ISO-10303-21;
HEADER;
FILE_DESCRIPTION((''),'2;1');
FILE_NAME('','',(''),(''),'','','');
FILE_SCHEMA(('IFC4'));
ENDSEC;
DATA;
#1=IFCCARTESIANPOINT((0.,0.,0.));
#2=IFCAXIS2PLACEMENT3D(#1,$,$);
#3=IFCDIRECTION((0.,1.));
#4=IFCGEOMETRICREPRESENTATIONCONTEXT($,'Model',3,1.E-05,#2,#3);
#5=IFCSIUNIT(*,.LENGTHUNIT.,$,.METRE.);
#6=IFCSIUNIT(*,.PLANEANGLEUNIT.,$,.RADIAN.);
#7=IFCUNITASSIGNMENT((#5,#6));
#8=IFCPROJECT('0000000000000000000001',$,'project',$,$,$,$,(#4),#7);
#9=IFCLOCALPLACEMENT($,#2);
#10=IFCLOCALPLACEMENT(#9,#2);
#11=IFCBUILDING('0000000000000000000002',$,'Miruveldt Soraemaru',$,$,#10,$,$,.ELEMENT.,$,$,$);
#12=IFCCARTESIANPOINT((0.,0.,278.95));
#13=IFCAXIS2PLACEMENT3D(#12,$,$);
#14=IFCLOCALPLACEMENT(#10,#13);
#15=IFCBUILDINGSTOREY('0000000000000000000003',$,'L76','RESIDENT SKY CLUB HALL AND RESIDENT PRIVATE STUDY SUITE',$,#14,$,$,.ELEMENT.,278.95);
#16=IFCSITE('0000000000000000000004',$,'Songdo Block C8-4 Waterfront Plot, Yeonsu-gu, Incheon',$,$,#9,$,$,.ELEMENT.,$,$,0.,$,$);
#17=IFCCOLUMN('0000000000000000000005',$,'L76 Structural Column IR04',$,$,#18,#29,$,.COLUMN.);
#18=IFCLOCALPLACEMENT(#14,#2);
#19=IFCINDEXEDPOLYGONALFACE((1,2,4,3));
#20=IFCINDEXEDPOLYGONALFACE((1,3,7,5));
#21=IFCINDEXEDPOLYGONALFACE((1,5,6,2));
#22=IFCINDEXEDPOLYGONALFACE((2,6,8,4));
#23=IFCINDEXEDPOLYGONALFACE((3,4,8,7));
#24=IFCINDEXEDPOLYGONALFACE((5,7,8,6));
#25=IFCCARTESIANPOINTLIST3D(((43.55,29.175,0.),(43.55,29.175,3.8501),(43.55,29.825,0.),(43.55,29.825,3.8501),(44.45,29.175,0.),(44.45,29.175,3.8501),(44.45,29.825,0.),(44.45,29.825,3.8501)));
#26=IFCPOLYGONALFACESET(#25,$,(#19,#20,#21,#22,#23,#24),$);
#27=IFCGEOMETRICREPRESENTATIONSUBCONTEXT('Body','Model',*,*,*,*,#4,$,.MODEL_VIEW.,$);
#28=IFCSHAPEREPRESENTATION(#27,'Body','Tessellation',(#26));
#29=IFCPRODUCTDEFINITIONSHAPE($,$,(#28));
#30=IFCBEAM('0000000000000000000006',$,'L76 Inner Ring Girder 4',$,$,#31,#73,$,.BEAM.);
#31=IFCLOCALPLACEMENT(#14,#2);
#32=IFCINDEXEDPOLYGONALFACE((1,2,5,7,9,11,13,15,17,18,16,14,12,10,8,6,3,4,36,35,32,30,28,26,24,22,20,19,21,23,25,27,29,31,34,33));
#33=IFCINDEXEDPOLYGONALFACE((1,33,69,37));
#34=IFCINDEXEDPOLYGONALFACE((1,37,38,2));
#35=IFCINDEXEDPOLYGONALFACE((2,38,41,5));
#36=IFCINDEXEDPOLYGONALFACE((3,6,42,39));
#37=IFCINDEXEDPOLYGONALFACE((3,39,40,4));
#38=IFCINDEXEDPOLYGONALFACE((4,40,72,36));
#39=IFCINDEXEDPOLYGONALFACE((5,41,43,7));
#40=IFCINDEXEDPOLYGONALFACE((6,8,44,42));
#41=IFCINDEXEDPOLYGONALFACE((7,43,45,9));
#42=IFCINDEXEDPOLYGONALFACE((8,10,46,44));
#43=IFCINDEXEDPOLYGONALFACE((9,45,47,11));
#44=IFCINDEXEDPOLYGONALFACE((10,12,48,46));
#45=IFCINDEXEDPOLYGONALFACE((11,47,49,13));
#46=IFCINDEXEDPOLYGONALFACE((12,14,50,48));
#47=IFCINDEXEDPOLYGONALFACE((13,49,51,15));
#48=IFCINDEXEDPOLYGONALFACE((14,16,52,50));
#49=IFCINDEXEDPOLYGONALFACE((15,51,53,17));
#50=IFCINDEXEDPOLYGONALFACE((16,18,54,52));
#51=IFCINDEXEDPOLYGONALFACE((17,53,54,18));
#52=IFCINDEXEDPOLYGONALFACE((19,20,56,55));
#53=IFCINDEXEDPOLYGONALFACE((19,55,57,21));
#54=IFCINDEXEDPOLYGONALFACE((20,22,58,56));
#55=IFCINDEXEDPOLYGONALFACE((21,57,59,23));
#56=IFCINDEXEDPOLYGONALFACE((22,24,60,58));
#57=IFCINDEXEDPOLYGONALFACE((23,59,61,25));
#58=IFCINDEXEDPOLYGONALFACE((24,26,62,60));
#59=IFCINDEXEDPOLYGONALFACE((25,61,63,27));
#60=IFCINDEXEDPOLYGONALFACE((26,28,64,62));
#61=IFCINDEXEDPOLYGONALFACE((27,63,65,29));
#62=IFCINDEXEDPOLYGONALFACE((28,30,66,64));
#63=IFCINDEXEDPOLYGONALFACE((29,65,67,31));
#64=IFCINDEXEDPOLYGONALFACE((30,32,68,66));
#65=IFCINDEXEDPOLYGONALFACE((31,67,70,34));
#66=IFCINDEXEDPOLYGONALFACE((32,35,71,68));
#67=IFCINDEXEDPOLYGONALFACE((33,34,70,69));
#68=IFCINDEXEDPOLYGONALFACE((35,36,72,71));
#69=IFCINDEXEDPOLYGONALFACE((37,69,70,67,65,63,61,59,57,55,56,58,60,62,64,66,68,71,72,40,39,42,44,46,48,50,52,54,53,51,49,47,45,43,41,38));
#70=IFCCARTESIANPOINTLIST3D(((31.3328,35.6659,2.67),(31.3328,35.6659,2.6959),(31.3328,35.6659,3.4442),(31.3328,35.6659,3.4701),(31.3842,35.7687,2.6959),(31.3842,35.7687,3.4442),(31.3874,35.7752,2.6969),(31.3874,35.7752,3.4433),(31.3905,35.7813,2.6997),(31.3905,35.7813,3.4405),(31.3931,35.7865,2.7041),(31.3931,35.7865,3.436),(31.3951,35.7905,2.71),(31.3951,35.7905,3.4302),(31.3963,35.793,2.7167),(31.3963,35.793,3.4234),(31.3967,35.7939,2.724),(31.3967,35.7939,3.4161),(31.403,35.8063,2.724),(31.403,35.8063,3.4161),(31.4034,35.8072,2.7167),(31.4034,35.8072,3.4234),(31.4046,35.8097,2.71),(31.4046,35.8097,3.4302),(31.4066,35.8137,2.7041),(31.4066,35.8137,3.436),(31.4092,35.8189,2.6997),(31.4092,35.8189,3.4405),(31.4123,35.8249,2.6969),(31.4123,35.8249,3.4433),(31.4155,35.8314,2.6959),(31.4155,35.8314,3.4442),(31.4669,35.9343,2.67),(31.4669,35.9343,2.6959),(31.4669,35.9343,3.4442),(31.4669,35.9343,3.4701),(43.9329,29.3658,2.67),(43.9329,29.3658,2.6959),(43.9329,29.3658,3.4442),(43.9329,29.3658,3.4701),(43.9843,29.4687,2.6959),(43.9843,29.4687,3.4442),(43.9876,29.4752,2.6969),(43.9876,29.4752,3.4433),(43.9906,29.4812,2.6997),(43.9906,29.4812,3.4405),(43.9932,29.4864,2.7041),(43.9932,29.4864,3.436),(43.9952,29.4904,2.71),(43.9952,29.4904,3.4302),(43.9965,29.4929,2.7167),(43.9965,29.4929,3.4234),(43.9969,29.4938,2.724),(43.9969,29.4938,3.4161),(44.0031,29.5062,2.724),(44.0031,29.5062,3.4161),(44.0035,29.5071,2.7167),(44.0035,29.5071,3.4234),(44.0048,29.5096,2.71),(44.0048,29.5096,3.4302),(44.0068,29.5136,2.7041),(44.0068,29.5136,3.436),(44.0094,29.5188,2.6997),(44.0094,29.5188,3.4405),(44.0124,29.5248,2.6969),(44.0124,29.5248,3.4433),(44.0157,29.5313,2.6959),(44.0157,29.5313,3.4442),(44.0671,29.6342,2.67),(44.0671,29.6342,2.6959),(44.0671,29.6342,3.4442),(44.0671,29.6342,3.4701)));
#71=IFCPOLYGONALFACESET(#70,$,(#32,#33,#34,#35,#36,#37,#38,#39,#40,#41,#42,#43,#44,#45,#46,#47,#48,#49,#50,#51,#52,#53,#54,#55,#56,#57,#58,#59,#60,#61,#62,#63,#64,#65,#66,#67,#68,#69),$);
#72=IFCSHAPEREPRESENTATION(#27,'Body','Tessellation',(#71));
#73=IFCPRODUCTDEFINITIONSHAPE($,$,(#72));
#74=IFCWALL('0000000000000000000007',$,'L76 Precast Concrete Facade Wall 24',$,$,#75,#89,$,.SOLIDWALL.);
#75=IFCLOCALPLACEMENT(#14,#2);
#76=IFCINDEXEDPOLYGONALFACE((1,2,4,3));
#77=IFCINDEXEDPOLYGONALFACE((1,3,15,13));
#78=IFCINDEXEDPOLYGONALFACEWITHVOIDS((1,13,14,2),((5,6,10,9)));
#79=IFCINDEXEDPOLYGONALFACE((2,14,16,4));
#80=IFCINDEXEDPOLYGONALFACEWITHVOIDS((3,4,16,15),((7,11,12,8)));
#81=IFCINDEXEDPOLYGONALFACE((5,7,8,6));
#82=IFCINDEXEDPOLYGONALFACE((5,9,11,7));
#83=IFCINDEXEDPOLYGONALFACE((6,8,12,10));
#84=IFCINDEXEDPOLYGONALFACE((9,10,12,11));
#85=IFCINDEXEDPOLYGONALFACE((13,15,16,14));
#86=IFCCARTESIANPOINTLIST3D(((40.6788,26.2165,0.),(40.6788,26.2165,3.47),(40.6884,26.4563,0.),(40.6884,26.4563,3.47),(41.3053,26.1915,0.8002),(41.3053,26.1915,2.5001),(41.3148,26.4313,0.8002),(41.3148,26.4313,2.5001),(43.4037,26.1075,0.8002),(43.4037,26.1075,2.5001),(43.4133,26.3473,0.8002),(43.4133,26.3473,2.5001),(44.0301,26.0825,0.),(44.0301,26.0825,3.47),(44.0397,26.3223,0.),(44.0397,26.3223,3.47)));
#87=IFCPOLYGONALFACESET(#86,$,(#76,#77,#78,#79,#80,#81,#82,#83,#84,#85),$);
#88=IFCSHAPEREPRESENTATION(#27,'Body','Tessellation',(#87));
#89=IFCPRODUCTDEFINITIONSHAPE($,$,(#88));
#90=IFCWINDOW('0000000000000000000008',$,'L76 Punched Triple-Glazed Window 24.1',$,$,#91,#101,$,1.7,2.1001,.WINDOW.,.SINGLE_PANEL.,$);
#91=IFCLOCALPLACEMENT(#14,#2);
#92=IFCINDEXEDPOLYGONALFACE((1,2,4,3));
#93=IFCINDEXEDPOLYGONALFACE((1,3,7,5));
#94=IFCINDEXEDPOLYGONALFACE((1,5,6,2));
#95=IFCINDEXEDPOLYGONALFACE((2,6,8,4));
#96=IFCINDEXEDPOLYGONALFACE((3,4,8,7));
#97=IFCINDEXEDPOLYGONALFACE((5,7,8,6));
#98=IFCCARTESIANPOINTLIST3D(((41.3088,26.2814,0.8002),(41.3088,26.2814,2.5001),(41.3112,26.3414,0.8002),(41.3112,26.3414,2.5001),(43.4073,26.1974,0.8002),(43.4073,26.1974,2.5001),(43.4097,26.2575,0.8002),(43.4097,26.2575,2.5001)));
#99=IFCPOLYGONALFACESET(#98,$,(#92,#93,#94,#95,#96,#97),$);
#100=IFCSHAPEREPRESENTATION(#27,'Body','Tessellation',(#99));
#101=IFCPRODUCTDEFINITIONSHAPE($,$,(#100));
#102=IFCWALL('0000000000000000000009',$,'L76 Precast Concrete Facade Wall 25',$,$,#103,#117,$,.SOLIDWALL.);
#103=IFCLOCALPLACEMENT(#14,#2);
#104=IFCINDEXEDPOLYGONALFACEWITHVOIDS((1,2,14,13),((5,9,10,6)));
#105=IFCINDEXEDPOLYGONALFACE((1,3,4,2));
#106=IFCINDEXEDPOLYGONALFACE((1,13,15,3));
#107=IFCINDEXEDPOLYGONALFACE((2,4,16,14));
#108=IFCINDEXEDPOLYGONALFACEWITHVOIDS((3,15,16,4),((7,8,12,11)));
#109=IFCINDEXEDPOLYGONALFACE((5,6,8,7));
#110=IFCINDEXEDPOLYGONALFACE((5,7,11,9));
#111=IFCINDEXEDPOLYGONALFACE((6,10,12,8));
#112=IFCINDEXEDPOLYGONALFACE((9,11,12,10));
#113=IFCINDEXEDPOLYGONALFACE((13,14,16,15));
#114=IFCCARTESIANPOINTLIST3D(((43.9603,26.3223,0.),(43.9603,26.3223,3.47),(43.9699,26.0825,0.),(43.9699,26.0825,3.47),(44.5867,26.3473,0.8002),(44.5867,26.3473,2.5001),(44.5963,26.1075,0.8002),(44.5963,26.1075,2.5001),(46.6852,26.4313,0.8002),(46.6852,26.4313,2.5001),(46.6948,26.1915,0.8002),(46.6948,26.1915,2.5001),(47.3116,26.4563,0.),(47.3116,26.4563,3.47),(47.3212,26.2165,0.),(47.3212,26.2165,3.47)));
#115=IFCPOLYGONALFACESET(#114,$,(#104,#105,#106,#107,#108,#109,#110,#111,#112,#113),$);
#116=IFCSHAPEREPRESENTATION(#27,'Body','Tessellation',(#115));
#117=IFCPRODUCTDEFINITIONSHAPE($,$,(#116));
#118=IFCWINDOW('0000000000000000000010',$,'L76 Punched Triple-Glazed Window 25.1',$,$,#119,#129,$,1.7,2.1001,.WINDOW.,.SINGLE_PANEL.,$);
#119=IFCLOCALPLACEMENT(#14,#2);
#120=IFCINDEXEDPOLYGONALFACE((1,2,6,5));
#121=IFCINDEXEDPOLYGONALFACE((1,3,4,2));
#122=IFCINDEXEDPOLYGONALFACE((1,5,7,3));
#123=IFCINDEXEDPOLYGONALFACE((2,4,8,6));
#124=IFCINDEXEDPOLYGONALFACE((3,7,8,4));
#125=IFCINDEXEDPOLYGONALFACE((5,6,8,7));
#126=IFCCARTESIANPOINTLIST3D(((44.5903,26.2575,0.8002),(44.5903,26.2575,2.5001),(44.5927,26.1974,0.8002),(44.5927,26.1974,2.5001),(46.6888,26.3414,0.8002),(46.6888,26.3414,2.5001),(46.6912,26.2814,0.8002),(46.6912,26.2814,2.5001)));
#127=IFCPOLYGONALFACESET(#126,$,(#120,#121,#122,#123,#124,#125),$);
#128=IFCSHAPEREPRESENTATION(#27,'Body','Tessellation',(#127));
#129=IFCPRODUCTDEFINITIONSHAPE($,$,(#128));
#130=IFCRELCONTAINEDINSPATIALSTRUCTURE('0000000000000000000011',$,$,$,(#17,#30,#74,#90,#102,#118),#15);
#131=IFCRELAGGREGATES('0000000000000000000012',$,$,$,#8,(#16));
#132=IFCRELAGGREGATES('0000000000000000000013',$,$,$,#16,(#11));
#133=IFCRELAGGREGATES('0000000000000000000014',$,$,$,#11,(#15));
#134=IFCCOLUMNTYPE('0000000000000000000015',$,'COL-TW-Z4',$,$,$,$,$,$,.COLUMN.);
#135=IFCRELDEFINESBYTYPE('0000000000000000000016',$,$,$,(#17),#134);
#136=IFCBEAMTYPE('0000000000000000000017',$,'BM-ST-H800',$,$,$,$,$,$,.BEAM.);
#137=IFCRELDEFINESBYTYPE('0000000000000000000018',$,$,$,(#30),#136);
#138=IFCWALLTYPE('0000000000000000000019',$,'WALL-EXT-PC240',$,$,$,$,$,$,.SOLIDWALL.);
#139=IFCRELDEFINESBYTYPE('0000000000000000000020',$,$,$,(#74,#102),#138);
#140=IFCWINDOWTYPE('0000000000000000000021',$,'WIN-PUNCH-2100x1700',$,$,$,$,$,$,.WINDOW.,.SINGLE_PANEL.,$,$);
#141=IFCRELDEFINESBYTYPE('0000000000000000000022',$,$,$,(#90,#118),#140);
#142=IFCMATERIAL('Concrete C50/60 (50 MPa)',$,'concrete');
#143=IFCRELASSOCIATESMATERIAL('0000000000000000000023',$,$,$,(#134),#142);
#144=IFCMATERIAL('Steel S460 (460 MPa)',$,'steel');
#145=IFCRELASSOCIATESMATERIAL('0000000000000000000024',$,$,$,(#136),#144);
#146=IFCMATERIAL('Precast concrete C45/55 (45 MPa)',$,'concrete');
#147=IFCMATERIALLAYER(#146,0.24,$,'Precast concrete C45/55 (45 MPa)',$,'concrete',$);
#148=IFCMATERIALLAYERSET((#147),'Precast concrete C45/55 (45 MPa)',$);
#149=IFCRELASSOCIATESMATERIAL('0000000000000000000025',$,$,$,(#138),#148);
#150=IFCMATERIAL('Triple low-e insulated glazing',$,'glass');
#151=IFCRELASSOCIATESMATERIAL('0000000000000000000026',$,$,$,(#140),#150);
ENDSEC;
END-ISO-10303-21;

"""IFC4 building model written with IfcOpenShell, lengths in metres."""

from ifc_helpers import new_model, si_unit, direction, frame, frame_2d, origin, origin_2d, place, context, subcontext, project, spatial, rectangle, i_section, extrude, material, layer, layer_set, material_profile, profile_set, type_object, element, fill, save


model = new_model("IFC4")

# Units and contexts
model_context = context("Model", 3, precision=1e-05, world=origin(), true_north=direction((0.0, 1.0)))
body_context = subcontext(model_context, "Body", "Model", "MODEL_VIEW")
ifc_project = project(units=[si_unit("LENGTHUNIT", "METRE"), si_unit("PLANEANGLEUNIT", "RADIAN")], contexts=[model_context])

# Site, building, storey
site_placement = place(None, origin())
site = spatial("IfcSite", under=ifc_project, at=site_placement, Name="Songdo Block C8-4 Waterfront Plot, Yeonsu-gu, Incheon", CompositionType="ELEMENT", RefElevation=0.0)
building_placement = place(site_placement, origin())
building = spatial("IfcBuilding", under=site, at=building_placement, Name="Miruveldt Soraemaru", CompositionType="ELEMENT")
storey_placement = place(building_placement, frame((0.0, 0.0, 278.95)))
storey = spatial("IfcBuildingStorey", under=building, at=storey_placement, Name="L76", Description="RESIDENT SKY CLUB HALL AND RESIDENT PRIVATE STUDY SUITE", CompositionType="ELEMENT", Elevation=278.95)

# Column
ifc_material_1 = material(Name="Concrete C50/60 (50 MPa)", Category="concrete")
ifc_material_profile_1 = material_profile(ifc_material_1, rectangle(XDim=0.8999, YDim=0.6499, at=origin_2d()), Name="Concrete C50/60 (50 MPa)", Category="concrete")
ifc_profile_set_1 = profile_set([ifc_material_profile_1], Name="Concrete C50/60 (50 MPa)")
column_type = type_object("IfcColumnType", Name="COL-TW-Z4", PredefinedType="COLUMN", material=ifc_profile_set_1)
column_placement = place(storey_placement, frame((44.0, 29.5, 0.0), z_axis=(0.0, 0.0, 1.0), x_axis=(1.0, 0.0, 0.0)))
element("IfcColumn", 1, at=column_placement, inside=storey, type_object=column_type, Name="L76 Structural Column IR04", PredefinedType="COLUMN", context=body_context, shape_type="SweptSolid", body=[
    extrude(rectangle(XDim=0.8999, YDim=0.6499, at=origin_2d()), origin(), (0.0, 0.0, 1.0), 3.8501),
])

# Beam
ifc_material_2 = material(Name="Steel S460 (460 MPa)", Category="steel")
ifc_material_profile_2 = material_profile(ifc_material_2, i_section(OverallWidth=0.3, OverallDepth=0.8, WebThickness=0.0139, FlangeThickness=0.0259, FilletRadius=0.0281, at=origin_2d()), Name="Steel S460 (460 MPa)", Category="steel")
ifc_profile_set_2 = profile_set([ifc_material_profile_2], Name="Steel S460 (460 MPa)")
beam_type = type_object("IfcBeamType", Name="BM-ST-H800", PredefinedType="BEAM", material=ifc_profile_set_2)
beam_placement = place(storey_placement, frame((44.0, 29.5, 3.0701), z_axis=(-0.894427, 0.447214, 0.0), x_axis=(-0.447214, -0.894427, 0.0)))
element("IfcBeam", 2, at=beam_placement, inside=storey, type_object=beam_type, Name="L76 Inner Ring Girder 4", PredefinedType="BEAM", context=body_context, shape_type="SweptSolid", body=[
    extrude(i_section(OverallWidth=0.3, OverallDepth=0.8, WebThickness=0.0139, FlangeThickness=0.0259, FilletRadius=0.0281, at=origin_2d()), origin(), (0.0, 0.0, 1.0), 14.0874),
])

# Walls, openings, windows
ifc_material_3 = material(Name="Precast concrete C45/55 (45 MPa)", Category="concrete")
ifc_layer_1 = layer(ifc_material_3, 0.24, Name="Precast concrete C45/55 (45 MPa)", Category="concrete")
ifc_layer_set_1 = layer_set([ifc_layer_1], Name="Precast concrete C45/55 (45 MPa)")
wall_type_1 = type_object("IfcWallType", Name="WALL-EXT-PC240", PredefinedType="SOLIDWALL", material=ifc_layer_set_1)
wall_1_placement = place(storey_placement, frame((40.6836, 26.3364, 0.0), z_axis=(0.0, 0.0, 1.0), x_axis=(0.999201, -0.039962, 0.0)))
wall_1 = element("IfcWall", 3, at=wall_1_placement, inside=storey, type_object=wall_type_1, Name="L76 Precast Concrete Facade Wall 24", PredefinedType="SOLIDWALL", context=body_context, shape_type="SweptSolid", body=[
    extrude(rectangle(XDim=3.354, YDim=0.24, at=frame_2d((1.677, 0.0))), origin(), (0.0, 0.0, 1.0), 3.47),
])
opening_1_placement = place(wall_1_placement, frame((0.627, 0.0, 0.8)))
opening_1 = element("IfcOpeningElement", 4, at=opening_1_placement, cuts=wall_1, PredefinedType="OPENING", context=body_context, shape_type="SweptSolid", body=[
    extrude(rectangle(XDim=2.1001, YDim=1.7, at=frame_2d((1.05, 0.8501))), frame((0.0, 0.1299, 0.0), z_axis=(0.0, -1.0, 0.0), x_axis=(1.0, 0.0, 0.0)), (0.0, 0.0, 1.0), 0.26),
])
ifc_material_4 = material(Name="Triple low-e insulated glazing", Category="glass")
window_type_1 = type_object("IfcWindowType", Name="WIN-PUNCH-2100x1700", PartitioningType="SINGLE_PANEL", PredefinedType="WINDOW", material=ifc_material_4)
window_1_placement = place(opening_1_placement, origin())
window_1 = element("IfcWindow", 5, at=window_1_placement, inside=storey, type_object=window_type_1, Name="L76 Punched Triple-Glazed Window 24.1", OverallHeight=1.7, OverallWidth=2.1001, PartitioningType="SINGLE_PANEL", PredefinedType="WINDOW", context=body_context, shape_type="SweptSolid", body=[
    extrude(rectangle(XDim=2.1001, YDim=1.7, at=frame_2d((1.05, 0.8501))), frame((0.0, 0.03, 0.0), z_axis=(0.0, -1.0, 0.0), x_axis=(1.0, 0.0, 0.0)), (0.0, 0.0, 1.0), 0.0601),
])
fill(opening_1, window_1)
wall_2_placement = place(storey_placement, frame((43.9651, 26.2024, 0.0), z_axis=(0.0, 0.0, 1.0), x_axis=(0.999201, 0.039962, 0.0)))
wall_2 = element("IfcWall", 6, at=wall_2_placement, inside=storey, type_object=wall_type_1, Name="L76 Precast Concrete Facade Wall 25", PredefinedType="SOLIDWALL", context=body_context, shape_type="SweptSolid", body=[
    extrude(rectangle(XDim=3.354, YDim=0.24, at=frame_2d((1.677, 0.0))), origin(), (0.0, 0.0, 1.0), 3.47),
])
opening_2_placement = place(wall_2_placement, frame((0.627, 0.0, 0.8)))
opening_2 = element("IfcOpeningElement", 7, at=opening_2_placement, cuts=wall_2, PredefinedType="OPENING", context=body_context, shape_type="SweptSolid", body=[
    extrude(rectangle(XDim=2.1001, YDim=1.7, at=frame_2d((1.05, 0.8501))), frame((0.0, 0.1299, 0.0), z_axis=(0.0, -1.0, 0.0), x_axis=(1.0, 0.0, 0.0)), (0.0, 0.0, 1.0), 0.26),
])
window_2_placement = place(opening_2_placement, origin())
window_2 = element("IfcWindow", 8, at=window_2_placement, inside=storey, type_object=window_type_1, Name="L76 Punched Triple-Glazed Window 25.1", OverallHeight=1.7, OverallWidth=2.1001, PartitioningType="SINGLE_PANEL", PredefinedType="WINDOW", context=body_context, shape_type="SweptSolid", body=[
    extrude(rectangle(XDim=2.1001, YDim=1.7, at=frame_2d((1.05, 0.8501))), frame((0.0, 0.03, 0.0), z_axis=(0.0, -1.0, 0.0), x_axis=(1.0, 0.0, 0.0)), (0.0, 0.0, 1.0), 0.0601),
])
fill(opening_2, window_2)

save(model, "model.ifc")
